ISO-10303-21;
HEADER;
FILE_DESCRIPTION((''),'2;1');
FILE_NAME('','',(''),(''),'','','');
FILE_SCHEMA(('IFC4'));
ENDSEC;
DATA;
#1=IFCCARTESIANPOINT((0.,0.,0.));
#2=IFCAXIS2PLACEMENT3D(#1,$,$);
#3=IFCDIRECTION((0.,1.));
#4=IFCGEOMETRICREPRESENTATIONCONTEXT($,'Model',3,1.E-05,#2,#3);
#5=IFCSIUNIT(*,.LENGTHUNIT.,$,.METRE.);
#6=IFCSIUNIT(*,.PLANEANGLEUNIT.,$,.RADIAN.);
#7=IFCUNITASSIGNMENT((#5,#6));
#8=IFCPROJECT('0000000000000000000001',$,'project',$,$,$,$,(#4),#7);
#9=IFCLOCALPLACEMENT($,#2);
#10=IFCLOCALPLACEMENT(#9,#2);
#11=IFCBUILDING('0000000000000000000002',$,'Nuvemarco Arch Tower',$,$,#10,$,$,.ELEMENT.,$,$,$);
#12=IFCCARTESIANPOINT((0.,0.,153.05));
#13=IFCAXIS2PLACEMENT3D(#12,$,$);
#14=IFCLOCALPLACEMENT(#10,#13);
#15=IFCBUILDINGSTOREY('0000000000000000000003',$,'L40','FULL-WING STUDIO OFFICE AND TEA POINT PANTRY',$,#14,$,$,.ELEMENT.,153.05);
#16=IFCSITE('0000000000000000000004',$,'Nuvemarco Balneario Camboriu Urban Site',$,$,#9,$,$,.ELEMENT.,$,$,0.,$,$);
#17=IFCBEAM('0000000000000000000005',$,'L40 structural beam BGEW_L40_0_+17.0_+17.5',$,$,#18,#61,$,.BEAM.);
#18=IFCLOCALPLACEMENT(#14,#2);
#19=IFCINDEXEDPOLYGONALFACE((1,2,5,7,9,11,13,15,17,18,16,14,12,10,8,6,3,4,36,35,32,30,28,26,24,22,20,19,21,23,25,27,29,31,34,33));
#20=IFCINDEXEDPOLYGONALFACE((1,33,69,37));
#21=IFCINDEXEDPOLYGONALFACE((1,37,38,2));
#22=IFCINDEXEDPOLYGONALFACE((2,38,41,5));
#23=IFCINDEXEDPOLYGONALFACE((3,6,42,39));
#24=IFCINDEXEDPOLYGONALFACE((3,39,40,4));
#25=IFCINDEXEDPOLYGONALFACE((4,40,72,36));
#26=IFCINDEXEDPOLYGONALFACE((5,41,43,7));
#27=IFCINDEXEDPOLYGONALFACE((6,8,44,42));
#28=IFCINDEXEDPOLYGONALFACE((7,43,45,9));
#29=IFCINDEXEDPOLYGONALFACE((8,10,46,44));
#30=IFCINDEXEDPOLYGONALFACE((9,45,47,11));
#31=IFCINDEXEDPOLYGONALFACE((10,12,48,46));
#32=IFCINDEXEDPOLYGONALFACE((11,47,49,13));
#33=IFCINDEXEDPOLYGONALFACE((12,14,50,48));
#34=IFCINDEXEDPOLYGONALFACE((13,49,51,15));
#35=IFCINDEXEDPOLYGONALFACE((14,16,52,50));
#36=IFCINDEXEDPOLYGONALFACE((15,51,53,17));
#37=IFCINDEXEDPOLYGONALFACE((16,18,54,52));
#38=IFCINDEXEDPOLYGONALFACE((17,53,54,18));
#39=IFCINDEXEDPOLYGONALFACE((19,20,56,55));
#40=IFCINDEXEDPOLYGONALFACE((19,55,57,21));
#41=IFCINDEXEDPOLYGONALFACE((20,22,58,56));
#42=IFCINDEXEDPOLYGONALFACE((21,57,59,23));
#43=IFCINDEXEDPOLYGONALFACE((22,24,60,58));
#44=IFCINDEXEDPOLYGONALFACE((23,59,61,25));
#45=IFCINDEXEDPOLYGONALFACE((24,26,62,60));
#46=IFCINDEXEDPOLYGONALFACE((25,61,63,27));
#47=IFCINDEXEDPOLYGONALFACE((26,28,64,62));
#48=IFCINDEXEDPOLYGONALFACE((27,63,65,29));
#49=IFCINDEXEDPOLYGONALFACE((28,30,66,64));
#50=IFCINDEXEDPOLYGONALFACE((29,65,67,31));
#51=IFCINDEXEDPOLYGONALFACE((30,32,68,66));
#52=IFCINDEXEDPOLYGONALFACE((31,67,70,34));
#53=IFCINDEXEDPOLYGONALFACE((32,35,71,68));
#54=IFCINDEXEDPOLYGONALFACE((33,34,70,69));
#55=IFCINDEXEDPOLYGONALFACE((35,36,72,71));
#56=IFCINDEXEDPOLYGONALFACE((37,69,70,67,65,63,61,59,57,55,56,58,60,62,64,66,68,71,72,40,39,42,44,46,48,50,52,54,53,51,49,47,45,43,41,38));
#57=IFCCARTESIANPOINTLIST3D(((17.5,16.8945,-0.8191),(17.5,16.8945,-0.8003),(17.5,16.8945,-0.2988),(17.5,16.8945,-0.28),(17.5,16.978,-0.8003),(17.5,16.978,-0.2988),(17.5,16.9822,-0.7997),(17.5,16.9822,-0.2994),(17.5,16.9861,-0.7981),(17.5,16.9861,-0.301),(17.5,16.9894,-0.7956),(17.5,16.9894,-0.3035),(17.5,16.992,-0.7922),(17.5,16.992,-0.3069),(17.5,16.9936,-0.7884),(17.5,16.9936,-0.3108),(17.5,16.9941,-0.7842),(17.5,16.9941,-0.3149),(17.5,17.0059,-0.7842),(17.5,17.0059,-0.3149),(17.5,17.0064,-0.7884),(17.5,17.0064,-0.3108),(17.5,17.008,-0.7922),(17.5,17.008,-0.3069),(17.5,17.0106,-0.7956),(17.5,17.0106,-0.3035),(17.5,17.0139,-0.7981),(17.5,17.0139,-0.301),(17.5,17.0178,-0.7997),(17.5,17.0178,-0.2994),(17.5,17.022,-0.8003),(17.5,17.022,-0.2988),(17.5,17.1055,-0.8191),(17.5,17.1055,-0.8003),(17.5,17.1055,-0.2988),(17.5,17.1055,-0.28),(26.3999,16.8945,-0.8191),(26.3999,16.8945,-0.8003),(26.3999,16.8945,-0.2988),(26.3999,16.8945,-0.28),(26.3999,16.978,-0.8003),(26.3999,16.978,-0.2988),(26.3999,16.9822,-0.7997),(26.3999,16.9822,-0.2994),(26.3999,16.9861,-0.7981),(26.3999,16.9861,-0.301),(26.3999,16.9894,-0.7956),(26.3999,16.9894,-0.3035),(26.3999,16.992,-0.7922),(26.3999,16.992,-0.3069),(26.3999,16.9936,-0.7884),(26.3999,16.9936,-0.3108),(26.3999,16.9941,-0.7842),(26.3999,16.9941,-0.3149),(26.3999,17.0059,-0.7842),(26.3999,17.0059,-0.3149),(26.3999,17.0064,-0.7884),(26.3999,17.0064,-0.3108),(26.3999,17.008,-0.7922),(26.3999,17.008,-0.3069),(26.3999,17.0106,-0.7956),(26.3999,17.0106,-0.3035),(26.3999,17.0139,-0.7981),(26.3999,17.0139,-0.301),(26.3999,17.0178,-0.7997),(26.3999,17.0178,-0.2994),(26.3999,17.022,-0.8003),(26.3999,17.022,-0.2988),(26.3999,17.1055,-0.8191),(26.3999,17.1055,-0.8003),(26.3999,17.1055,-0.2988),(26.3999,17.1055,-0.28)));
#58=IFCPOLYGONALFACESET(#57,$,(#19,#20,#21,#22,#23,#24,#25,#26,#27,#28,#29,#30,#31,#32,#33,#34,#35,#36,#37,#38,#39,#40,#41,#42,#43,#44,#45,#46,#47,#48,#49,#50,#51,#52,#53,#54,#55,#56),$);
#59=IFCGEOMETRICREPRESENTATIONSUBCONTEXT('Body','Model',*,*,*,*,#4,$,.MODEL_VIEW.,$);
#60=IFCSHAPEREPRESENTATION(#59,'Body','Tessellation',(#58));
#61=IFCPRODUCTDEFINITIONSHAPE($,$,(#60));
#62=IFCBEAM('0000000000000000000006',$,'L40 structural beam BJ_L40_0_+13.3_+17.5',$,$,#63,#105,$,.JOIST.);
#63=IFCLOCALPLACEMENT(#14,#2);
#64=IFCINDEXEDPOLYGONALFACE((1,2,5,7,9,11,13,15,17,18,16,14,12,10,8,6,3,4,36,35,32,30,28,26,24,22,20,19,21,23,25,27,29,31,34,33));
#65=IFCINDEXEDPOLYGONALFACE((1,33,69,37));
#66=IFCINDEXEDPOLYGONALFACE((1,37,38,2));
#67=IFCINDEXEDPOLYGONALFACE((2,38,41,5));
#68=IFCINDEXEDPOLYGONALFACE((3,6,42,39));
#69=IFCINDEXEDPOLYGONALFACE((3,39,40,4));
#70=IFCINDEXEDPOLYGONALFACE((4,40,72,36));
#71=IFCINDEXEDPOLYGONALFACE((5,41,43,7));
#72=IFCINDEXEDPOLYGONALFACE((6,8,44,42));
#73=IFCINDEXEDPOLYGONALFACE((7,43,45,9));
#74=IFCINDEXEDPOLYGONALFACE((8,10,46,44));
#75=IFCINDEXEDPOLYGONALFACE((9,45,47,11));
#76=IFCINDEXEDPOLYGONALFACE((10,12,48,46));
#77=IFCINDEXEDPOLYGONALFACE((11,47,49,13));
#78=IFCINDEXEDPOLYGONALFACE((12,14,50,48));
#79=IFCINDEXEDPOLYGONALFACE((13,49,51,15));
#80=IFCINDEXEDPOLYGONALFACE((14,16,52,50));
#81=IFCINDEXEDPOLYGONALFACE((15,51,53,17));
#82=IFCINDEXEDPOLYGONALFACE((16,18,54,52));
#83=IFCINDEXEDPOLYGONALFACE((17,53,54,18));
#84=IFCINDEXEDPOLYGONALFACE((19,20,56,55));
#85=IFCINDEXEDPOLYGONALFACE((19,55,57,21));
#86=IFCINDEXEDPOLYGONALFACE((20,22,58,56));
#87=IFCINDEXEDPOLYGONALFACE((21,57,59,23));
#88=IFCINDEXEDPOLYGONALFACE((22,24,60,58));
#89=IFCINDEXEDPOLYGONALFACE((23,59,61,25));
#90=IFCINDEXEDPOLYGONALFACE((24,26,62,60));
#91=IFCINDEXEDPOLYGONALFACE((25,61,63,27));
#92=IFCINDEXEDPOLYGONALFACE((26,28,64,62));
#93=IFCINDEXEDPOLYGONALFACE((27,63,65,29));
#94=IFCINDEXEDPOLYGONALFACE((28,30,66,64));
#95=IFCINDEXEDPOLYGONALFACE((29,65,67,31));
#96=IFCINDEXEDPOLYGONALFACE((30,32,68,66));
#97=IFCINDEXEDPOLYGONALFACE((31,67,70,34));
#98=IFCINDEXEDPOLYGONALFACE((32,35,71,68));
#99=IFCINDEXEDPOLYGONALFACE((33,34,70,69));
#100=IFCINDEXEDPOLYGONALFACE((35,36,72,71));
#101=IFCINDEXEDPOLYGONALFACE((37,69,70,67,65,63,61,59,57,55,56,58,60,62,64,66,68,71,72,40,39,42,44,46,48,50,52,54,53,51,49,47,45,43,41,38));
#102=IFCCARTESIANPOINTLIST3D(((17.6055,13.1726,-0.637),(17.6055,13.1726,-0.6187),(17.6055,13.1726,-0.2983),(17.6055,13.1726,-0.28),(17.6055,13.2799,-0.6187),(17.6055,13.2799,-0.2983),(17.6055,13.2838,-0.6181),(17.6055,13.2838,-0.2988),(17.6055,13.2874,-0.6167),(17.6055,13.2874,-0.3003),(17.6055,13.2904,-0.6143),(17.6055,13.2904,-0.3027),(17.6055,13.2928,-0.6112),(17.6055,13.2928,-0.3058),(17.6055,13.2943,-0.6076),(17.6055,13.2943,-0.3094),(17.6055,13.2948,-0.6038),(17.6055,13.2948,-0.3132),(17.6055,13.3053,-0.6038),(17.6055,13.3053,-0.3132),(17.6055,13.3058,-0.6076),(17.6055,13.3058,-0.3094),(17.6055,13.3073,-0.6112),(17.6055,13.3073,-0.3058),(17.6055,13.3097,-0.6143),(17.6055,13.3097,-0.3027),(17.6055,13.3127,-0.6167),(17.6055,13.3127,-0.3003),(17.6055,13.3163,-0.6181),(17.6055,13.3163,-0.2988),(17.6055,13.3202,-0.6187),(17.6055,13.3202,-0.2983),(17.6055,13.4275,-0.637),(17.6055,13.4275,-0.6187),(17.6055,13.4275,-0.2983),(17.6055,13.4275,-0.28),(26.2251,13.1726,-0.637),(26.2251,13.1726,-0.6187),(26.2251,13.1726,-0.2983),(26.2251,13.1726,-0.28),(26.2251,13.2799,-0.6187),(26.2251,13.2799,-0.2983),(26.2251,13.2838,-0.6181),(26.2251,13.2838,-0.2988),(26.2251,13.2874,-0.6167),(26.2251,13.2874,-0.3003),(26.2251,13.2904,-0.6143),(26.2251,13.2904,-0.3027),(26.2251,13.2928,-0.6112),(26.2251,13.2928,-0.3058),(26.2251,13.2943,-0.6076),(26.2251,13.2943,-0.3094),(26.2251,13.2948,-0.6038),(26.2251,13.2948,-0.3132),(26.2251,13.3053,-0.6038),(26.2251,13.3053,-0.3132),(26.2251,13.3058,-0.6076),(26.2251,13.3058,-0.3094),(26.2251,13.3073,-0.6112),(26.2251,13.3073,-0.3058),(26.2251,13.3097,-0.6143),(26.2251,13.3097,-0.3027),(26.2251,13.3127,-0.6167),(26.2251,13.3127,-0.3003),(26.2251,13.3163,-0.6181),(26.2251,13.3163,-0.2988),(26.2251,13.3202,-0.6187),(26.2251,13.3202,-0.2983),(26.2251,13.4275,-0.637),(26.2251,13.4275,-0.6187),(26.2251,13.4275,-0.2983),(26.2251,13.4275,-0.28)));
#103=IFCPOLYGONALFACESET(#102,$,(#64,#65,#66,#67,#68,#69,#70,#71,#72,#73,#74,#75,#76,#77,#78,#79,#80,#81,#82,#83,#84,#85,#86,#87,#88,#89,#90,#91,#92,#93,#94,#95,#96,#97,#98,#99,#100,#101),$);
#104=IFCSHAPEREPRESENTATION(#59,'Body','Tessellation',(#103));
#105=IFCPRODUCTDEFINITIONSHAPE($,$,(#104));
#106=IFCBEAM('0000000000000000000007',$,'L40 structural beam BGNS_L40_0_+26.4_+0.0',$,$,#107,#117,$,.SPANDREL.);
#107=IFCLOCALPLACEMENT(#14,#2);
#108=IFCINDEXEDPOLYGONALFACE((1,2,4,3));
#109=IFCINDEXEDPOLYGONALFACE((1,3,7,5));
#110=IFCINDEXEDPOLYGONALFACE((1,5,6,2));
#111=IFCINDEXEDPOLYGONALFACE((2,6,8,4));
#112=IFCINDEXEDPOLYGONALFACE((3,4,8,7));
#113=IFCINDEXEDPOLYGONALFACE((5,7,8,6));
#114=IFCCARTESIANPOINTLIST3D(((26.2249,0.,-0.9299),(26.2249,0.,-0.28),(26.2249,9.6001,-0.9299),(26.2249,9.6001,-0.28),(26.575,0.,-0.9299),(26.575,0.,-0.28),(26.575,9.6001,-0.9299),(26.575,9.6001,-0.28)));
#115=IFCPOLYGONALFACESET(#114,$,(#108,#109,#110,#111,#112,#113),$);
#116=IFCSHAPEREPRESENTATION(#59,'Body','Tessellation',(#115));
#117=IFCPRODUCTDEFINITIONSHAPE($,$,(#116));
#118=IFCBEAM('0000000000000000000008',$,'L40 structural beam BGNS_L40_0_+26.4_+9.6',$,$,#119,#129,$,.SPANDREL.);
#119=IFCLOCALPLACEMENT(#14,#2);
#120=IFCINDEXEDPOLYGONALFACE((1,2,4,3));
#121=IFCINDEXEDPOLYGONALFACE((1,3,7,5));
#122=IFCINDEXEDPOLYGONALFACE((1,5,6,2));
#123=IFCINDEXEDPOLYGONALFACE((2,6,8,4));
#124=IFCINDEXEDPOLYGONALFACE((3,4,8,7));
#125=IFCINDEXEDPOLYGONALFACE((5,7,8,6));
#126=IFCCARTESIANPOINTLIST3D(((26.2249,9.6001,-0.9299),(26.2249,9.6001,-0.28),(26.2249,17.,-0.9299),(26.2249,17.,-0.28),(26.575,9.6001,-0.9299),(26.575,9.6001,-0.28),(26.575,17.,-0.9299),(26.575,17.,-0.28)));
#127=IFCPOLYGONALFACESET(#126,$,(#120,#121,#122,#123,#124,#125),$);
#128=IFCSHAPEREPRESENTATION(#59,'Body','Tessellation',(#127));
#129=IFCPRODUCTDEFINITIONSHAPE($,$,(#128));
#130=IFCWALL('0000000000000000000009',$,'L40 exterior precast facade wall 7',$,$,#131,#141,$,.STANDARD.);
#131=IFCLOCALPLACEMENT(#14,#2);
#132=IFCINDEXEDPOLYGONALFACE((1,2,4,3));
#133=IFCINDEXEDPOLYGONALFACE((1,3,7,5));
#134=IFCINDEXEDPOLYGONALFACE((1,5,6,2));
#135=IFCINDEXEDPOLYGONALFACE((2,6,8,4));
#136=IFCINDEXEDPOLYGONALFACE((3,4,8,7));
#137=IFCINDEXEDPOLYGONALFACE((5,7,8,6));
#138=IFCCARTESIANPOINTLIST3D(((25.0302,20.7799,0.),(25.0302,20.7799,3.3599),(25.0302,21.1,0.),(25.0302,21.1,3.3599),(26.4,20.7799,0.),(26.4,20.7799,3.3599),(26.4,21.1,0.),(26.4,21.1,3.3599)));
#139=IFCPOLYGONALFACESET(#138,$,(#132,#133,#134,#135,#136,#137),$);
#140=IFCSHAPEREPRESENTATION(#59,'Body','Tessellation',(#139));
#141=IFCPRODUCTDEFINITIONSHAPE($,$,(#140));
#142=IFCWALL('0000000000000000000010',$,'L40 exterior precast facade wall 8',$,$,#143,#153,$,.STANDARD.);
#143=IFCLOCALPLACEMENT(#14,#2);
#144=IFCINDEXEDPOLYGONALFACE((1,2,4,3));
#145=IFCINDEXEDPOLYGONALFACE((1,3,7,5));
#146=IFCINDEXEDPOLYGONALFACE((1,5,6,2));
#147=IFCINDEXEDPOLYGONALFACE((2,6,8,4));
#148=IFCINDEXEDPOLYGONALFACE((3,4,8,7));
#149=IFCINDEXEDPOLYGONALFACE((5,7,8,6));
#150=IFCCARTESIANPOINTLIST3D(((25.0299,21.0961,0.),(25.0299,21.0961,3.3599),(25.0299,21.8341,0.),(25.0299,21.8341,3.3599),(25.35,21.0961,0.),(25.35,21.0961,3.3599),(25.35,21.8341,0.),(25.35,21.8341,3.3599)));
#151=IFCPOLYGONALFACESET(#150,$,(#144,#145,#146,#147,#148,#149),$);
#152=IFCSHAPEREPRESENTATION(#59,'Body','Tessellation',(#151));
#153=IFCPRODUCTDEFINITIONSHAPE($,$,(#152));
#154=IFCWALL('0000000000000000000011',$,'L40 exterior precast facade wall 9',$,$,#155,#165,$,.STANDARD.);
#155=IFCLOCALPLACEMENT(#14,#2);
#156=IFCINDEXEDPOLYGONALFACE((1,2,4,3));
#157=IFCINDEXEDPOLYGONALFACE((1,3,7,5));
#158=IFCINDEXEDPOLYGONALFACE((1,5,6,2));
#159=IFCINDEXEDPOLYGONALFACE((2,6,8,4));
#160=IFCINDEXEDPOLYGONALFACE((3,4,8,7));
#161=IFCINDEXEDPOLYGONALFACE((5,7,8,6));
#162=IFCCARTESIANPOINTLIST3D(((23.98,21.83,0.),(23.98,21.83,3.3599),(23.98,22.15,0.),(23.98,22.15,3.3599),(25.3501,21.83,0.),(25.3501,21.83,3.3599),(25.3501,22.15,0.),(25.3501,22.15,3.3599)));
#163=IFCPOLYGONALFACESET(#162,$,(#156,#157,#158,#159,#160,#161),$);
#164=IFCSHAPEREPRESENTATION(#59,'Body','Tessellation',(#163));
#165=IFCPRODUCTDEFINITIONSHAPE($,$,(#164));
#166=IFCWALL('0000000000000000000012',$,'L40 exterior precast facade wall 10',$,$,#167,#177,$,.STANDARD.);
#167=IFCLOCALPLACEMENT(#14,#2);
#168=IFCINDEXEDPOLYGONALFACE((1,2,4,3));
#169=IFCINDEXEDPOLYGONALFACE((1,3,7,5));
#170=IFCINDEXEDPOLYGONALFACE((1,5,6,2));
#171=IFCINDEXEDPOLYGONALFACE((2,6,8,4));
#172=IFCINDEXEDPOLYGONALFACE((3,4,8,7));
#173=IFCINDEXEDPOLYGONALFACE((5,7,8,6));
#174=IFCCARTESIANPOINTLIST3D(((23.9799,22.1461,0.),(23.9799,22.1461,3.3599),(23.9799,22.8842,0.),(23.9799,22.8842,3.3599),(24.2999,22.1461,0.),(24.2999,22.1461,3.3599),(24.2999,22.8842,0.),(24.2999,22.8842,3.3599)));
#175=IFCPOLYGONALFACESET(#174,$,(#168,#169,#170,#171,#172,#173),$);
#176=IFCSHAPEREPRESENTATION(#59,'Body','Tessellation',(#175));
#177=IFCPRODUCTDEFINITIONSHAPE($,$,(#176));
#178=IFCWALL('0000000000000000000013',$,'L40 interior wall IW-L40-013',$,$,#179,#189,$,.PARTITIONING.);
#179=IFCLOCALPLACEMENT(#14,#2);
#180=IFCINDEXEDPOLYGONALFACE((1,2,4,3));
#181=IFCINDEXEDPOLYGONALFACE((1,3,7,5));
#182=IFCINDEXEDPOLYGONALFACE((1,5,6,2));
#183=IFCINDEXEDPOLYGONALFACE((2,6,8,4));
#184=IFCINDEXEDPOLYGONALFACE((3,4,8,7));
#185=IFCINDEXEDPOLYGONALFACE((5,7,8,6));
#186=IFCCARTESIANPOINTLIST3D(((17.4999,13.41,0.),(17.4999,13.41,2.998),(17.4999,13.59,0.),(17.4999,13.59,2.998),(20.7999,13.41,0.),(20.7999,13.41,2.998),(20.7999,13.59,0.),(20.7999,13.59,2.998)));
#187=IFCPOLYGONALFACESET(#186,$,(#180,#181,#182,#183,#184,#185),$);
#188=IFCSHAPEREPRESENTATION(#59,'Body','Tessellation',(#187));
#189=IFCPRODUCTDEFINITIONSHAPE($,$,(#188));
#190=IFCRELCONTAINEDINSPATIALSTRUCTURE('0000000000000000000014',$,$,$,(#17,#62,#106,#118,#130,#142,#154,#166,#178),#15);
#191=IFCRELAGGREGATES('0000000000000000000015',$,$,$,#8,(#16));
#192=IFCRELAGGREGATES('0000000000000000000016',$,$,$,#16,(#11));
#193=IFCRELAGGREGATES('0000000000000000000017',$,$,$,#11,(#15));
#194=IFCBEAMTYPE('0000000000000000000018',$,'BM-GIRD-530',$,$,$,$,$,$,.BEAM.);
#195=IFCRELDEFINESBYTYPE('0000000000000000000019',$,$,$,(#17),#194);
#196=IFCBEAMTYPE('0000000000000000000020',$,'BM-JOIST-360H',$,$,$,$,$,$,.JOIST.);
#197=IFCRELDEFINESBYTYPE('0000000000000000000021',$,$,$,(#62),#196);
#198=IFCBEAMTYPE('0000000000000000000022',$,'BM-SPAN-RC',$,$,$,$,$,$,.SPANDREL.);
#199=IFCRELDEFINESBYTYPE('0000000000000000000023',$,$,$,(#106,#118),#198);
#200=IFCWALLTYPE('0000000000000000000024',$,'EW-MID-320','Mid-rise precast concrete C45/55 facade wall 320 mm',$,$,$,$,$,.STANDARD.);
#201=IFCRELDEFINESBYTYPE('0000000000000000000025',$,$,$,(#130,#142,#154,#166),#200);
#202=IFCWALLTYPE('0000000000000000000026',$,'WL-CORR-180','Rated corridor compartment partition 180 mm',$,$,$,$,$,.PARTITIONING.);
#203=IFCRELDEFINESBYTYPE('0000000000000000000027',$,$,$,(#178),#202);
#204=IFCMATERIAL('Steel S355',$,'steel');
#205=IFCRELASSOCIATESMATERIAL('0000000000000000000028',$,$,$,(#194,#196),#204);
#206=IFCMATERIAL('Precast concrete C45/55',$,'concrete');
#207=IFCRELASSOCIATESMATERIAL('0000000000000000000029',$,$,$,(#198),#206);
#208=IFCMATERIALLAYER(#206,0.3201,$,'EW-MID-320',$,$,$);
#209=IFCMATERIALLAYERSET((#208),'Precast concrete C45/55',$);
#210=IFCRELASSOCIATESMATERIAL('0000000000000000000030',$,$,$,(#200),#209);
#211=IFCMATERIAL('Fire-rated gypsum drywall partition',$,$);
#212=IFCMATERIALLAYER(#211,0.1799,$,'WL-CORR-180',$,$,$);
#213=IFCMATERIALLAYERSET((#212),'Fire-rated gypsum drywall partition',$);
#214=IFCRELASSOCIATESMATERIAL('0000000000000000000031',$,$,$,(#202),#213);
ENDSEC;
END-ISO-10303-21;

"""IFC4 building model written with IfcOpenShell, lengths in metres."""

from ifc_helpers import new_model, si_unit, direction, frame, frame_2d, origin, origin_2d, place, context, subcontext, project, spatial, rectangle, i_section, extrude, material, layer, layer_set, material_profile, profile_set, type_object, element, save


model = new_model("IFC4")

# Units and contexts
model_context = context("Model", 3, precision=1e-05, world=origin(), true_north=direction((0.0, 1.0)))
body_context = subcontext(model_context, "Body", "Model", "MODEL_VIEW")
ifc_project = project(units=[si_unit("LENGTHUNIT", "METRE"), si_unit("PLANEANGLEUNIT", "RADIAN")], contexts=[model_context])

# Site, building, storey
site_placement = place(None, origin())
site = spatial("IfcSite", under=ifc_project, at=site_placement, Name="Nuvemarco Balneario Camboriu Urban Site", CompositionType="ELEMENT", RefElevation=0.0)
building_placement = place(site_placement, origin())
building = spatial("IfcBuilding", under=site, at=building_placement, Name="Nuvemarco Arch Tower", CompositionType="ELEMENT")
storey_placement = place(building_placement, frame((0.0, 0.0, 153.05)))
storey = spatial("IfcBuildingStorey", under=building, at=storey_placement, Name="L40", Description="FULL-WING STUDIO OFFICE AND TEA POINT PANTRY", CompositionType="ELEMENT", Elevation=153.05)

# Shared definitions
ifc_material_1 = material(Name="Steel S355", Category="steel")

# Beams
ifc_material_profile_1 = material_profile(ifc_material_1, i_section(OverallWidth=0.2109, OverallDepth=0.5391, WebThickness=0.0117, FlangeThickness=0.0188, FilletRadius=0.0161, at=origin_2d()), Name="W530x109")
ifc_profile_set_1 = profile_set([ifc_material_profile_1], Name="Steel S355")
beam_type_1 = type_object("IfcBeamType", Name="BM-GIRD-530", PredefinedType="BEAM", material=ifc_profile_set_1)
for number, where, z_axis, x_axis, name in (
    (1, (17.5, 17.0, -0.5496), (1.0, 0.0, 0.0), (0.0, 1.0, 0.0), "L40 structural beam BGEW_L40_0_+17.0_+17.5"),
):
    element("IfcBeam", number, at=place(storey_placement, frame(where, z_axis=z_axis, x_axis=x_axis)), inside=storey, type_object=beam_type_1, Name=name, PredefinedType="BEAM", context=body_context, shape_type="SweptSolid", body=[
        extrude(i_section(OverallWidth=0.2109, OverallDepth=0.5391, WebThickness=0.0117, FlangeThickness=0.0188, FilletRadius=0.0161, at=origin_2d()), origin(), (0.0, 0.0, 1.0), 8.8999),
    ])
ifc_material_profile_2 = material_profile(ifc_material_1, i_section(OverallWidth=0.2549, OverallDepth=0.3569, WebThickness=0.0105, FlangeThickness=0.0183, FilletRadius=0.0149, at=origin_2d()), Name="W360x101")
ifc_profile_set_2 = profile_set([ifc_material_profile_2], Name="Steel S355")
beam_type_2 = type_object("IfcBeamType", Name="BM-JOIST-360H", PredefinedType="JOIST", material=ifc_profile_set_2)
beam_1_placement = place(storey_placement, frame((17.6055, 13.3, -0.4585), z_axis=(1.0, 0.0, 0.0), x_axis=(0.0, 1.0, 0.0)))
element("IfcBeam", 2, at=beam_1_placement, inside=storey, type_object=beam_type_2, Name="L40 structural beam BJ_L40_0_+13.3_+17.5", PredefinedType="JOIST", context=body_context, shape_type="SweptSolid", body=[
    extrude(i_section(OverallWidth=0.2549, OverallDepth=0.3569, WebThickness=0.0105, FlangeThickness=0.0183, FilletRadius=0.0149, at=origin_2d()), origin(), (0.0, 0.0, 1.0), 8.6196),
])
ifc_material_2 = material(Name="Precast concrete C45/55", Category="concrete")
ifc_material_profile_3 = material_profile(ifc_material_2, rectangle(XDim=0.3501, YDim=0.6499, at=origin_2d()), Name="PC-SP-350x650")
ifc_profile_set_3 = profile_set([ifc_material_profile_3], Name="Precast concrete C45/55")
beam_type_3 = type_object("IfcBeamType", Name="BM-SPAN-RC", PredefinedType="SPANDREL", material=ifc_profile_set_3)
beam_2_placement = place(storey_placement, frame((26.3999, 0.0, -0.605), z_axis=(0.0, 1.0, 0.0), x_axis=(-1.0, 0.0, 0.0)))
element("IfcBeam", 3, at=beam_2_placement, inside=storey, type_object=beam_type_3, Name="L40 structural beam BGNS_L40_0_+26.4_+0.0", PredefinedType="SPANDREL", context=body_context, shape_type="SweptSolid", body=[
    extrude(rectangle(XDim=0.3501, YDim=0.6499, at=origin_2d()), origin(), (0.0, 0.0, 1.0), 9.6001),
])
beam_3_placement = place(storey_placement, frame((26.3999, 9.6001, -0.605), z_axis=(0.0, 1.0, 0.0), x_axis=(-1.0, 0.0, 0.0)))
element("IfcBeam", 4, at=beam_3_placement, inside=storey, type_object=beam_type_3, Name="L40 structural beam BGNS_L40_0_+26.4_+9.6", PredefinedType="SPANDREL", context=body_context, shape_type="SweptSolid", body=[
    extrude(rectangle(XDim=0.3501, YDim=0.6499, at=origin_2d()), origin(), (0.0, 0.0, 1.0), 7.3999),
])

# Walls
ifc_layer_1 = layer(ifc_material_2, 0.3201, Name="EW-MID-320")
ifc_layer_set_1 = layer_set([ifc_layer_1], Name="Precast concrete C45/55")
wall_type_1 = type_object("IfcWallType", Name="EW-MID-320", Description="Mid-rise precast concrete C45/55 facade wall 320 mm", PredefinedType="STANDARD", material=ifc_layer_set_1)
wall_1_placement = place(storey_placement, frame((25.03, 20.9399, 0.0), z_axis=(0.0, 0.0, 1.0), x_axis=(1.0, 0.0, 0.0)))
element("IfcWall", 5, at=wall_1_placement, inside=storey, type_object=wall_type_1, Name="L40 exterior precast facade wall 7", PredefinedType="STANDARD", context=body_context, shape_type="SweptSolid", body=[
    extrude(rectangle(XDim=1.3699, YDim=0.3201, at=frame_2d((0.6851, 0.0))), origin(), (0.0, 0.0, 1.0), 3.3599),
])
wall_2_placement = place(storey_placement, frame((25.1899, 21.0959, 0.0), z_axis=(0.0, 0.0, 1.0), x_axis=(0.0, 1.0, 0.0)))
element("IfcWall", 6, at=wall_2_placement, inside=storey, type_object=wall_type_1, Name="L40 exterior precast facade wall 8", PredefinedType="STANDARD", context=body_context, shape_type="SweptSolid", body=[
    extrude(rectangle(XDim=0.738, YDim=0.3201, at=frame_2d((0.3691, 0.0))), origin(), (0.0, 0.0, 1.0), 3.3599),
])
wall_3_placement = place(storey_placement, frame((23.98, 21.99, 0.0), z_axis=(0.0, 0.0, 1.0), x_axis=(1.0, 0.0, 0.0)))
element("IfcWall", 7, at=wall_3_placement, inside=storey, type_object=wall_type_1, Name="L40 exterior precast facade wall 9", PredefinedType="STANDARD", context=body_context, shape_type="SweptSolid", body=[
    extrude(rectangle(XDim=1.3701, YDim=0.3201, at=frame_2d((0.6851, 0.0))), origin(), (0.0, 0.0, 1.0), 3.3599),
])
wall_4_placement = place(storey_placement, frame((24.1399, 22.146, 0.0), z_axis=(0.0, 0.0, 1.0), x_axis=(0.0, 1.0, 0.0)))
element("IfcWall", 8, at=wall_4_placement, inside=storey, type_object=wall_type_1, Name="L40 exterior precast facade wall 10", PredefinedType="STANDARD", context=body_context, shape_type="SweptSolid", body=[
    extrude(rectangle(XDim=0.738, YDim=0.3201, at=frame_2d((0.3691, 0.0))), origin(), (0.0, 0.0, 1.0), 3.3599),
])
ifc_material_3 = material(Name="Fire-rated gypsum drywall partition")
ifc_layer_2 = layer(ifc_material_3, 0.1799, Name="WL-CORR-180")
ifc_layer_set_2 = layer_set([ifc_layer_2], Name="Fire-rated gypsum drywall partition")
wall_type_2 = type_object("IfcWallType", Name="WL-CORR-180", Description="Rated corridor compartment partition 180 mm", PredefinedType="PARTITIONING", material=ifc_layer_set_2)
wall_5_placement = place(storey_placement, frame((17.5, 13.5, 0.0), z_axis=(0.0, 0.0, 1.0), x_axis=(1.0, 0.0, 0.0)))
element("IfcWall", 9, at=wall_5_placement, inside=storey, type_object=wall_type_2, Name="L40 interior wall IW-L40-013", PredefinedType="PARTITIONING", context=body_context, shape_type="SweptSolid", body=[
    extrude(rectangle(XDim=3.3, YDim=0.1799, at=frame_2d((1.6499, 0.0))), origin(), (0.0, 0.0, 1.0), 2.998),
])

save(model, "model.ifc")
